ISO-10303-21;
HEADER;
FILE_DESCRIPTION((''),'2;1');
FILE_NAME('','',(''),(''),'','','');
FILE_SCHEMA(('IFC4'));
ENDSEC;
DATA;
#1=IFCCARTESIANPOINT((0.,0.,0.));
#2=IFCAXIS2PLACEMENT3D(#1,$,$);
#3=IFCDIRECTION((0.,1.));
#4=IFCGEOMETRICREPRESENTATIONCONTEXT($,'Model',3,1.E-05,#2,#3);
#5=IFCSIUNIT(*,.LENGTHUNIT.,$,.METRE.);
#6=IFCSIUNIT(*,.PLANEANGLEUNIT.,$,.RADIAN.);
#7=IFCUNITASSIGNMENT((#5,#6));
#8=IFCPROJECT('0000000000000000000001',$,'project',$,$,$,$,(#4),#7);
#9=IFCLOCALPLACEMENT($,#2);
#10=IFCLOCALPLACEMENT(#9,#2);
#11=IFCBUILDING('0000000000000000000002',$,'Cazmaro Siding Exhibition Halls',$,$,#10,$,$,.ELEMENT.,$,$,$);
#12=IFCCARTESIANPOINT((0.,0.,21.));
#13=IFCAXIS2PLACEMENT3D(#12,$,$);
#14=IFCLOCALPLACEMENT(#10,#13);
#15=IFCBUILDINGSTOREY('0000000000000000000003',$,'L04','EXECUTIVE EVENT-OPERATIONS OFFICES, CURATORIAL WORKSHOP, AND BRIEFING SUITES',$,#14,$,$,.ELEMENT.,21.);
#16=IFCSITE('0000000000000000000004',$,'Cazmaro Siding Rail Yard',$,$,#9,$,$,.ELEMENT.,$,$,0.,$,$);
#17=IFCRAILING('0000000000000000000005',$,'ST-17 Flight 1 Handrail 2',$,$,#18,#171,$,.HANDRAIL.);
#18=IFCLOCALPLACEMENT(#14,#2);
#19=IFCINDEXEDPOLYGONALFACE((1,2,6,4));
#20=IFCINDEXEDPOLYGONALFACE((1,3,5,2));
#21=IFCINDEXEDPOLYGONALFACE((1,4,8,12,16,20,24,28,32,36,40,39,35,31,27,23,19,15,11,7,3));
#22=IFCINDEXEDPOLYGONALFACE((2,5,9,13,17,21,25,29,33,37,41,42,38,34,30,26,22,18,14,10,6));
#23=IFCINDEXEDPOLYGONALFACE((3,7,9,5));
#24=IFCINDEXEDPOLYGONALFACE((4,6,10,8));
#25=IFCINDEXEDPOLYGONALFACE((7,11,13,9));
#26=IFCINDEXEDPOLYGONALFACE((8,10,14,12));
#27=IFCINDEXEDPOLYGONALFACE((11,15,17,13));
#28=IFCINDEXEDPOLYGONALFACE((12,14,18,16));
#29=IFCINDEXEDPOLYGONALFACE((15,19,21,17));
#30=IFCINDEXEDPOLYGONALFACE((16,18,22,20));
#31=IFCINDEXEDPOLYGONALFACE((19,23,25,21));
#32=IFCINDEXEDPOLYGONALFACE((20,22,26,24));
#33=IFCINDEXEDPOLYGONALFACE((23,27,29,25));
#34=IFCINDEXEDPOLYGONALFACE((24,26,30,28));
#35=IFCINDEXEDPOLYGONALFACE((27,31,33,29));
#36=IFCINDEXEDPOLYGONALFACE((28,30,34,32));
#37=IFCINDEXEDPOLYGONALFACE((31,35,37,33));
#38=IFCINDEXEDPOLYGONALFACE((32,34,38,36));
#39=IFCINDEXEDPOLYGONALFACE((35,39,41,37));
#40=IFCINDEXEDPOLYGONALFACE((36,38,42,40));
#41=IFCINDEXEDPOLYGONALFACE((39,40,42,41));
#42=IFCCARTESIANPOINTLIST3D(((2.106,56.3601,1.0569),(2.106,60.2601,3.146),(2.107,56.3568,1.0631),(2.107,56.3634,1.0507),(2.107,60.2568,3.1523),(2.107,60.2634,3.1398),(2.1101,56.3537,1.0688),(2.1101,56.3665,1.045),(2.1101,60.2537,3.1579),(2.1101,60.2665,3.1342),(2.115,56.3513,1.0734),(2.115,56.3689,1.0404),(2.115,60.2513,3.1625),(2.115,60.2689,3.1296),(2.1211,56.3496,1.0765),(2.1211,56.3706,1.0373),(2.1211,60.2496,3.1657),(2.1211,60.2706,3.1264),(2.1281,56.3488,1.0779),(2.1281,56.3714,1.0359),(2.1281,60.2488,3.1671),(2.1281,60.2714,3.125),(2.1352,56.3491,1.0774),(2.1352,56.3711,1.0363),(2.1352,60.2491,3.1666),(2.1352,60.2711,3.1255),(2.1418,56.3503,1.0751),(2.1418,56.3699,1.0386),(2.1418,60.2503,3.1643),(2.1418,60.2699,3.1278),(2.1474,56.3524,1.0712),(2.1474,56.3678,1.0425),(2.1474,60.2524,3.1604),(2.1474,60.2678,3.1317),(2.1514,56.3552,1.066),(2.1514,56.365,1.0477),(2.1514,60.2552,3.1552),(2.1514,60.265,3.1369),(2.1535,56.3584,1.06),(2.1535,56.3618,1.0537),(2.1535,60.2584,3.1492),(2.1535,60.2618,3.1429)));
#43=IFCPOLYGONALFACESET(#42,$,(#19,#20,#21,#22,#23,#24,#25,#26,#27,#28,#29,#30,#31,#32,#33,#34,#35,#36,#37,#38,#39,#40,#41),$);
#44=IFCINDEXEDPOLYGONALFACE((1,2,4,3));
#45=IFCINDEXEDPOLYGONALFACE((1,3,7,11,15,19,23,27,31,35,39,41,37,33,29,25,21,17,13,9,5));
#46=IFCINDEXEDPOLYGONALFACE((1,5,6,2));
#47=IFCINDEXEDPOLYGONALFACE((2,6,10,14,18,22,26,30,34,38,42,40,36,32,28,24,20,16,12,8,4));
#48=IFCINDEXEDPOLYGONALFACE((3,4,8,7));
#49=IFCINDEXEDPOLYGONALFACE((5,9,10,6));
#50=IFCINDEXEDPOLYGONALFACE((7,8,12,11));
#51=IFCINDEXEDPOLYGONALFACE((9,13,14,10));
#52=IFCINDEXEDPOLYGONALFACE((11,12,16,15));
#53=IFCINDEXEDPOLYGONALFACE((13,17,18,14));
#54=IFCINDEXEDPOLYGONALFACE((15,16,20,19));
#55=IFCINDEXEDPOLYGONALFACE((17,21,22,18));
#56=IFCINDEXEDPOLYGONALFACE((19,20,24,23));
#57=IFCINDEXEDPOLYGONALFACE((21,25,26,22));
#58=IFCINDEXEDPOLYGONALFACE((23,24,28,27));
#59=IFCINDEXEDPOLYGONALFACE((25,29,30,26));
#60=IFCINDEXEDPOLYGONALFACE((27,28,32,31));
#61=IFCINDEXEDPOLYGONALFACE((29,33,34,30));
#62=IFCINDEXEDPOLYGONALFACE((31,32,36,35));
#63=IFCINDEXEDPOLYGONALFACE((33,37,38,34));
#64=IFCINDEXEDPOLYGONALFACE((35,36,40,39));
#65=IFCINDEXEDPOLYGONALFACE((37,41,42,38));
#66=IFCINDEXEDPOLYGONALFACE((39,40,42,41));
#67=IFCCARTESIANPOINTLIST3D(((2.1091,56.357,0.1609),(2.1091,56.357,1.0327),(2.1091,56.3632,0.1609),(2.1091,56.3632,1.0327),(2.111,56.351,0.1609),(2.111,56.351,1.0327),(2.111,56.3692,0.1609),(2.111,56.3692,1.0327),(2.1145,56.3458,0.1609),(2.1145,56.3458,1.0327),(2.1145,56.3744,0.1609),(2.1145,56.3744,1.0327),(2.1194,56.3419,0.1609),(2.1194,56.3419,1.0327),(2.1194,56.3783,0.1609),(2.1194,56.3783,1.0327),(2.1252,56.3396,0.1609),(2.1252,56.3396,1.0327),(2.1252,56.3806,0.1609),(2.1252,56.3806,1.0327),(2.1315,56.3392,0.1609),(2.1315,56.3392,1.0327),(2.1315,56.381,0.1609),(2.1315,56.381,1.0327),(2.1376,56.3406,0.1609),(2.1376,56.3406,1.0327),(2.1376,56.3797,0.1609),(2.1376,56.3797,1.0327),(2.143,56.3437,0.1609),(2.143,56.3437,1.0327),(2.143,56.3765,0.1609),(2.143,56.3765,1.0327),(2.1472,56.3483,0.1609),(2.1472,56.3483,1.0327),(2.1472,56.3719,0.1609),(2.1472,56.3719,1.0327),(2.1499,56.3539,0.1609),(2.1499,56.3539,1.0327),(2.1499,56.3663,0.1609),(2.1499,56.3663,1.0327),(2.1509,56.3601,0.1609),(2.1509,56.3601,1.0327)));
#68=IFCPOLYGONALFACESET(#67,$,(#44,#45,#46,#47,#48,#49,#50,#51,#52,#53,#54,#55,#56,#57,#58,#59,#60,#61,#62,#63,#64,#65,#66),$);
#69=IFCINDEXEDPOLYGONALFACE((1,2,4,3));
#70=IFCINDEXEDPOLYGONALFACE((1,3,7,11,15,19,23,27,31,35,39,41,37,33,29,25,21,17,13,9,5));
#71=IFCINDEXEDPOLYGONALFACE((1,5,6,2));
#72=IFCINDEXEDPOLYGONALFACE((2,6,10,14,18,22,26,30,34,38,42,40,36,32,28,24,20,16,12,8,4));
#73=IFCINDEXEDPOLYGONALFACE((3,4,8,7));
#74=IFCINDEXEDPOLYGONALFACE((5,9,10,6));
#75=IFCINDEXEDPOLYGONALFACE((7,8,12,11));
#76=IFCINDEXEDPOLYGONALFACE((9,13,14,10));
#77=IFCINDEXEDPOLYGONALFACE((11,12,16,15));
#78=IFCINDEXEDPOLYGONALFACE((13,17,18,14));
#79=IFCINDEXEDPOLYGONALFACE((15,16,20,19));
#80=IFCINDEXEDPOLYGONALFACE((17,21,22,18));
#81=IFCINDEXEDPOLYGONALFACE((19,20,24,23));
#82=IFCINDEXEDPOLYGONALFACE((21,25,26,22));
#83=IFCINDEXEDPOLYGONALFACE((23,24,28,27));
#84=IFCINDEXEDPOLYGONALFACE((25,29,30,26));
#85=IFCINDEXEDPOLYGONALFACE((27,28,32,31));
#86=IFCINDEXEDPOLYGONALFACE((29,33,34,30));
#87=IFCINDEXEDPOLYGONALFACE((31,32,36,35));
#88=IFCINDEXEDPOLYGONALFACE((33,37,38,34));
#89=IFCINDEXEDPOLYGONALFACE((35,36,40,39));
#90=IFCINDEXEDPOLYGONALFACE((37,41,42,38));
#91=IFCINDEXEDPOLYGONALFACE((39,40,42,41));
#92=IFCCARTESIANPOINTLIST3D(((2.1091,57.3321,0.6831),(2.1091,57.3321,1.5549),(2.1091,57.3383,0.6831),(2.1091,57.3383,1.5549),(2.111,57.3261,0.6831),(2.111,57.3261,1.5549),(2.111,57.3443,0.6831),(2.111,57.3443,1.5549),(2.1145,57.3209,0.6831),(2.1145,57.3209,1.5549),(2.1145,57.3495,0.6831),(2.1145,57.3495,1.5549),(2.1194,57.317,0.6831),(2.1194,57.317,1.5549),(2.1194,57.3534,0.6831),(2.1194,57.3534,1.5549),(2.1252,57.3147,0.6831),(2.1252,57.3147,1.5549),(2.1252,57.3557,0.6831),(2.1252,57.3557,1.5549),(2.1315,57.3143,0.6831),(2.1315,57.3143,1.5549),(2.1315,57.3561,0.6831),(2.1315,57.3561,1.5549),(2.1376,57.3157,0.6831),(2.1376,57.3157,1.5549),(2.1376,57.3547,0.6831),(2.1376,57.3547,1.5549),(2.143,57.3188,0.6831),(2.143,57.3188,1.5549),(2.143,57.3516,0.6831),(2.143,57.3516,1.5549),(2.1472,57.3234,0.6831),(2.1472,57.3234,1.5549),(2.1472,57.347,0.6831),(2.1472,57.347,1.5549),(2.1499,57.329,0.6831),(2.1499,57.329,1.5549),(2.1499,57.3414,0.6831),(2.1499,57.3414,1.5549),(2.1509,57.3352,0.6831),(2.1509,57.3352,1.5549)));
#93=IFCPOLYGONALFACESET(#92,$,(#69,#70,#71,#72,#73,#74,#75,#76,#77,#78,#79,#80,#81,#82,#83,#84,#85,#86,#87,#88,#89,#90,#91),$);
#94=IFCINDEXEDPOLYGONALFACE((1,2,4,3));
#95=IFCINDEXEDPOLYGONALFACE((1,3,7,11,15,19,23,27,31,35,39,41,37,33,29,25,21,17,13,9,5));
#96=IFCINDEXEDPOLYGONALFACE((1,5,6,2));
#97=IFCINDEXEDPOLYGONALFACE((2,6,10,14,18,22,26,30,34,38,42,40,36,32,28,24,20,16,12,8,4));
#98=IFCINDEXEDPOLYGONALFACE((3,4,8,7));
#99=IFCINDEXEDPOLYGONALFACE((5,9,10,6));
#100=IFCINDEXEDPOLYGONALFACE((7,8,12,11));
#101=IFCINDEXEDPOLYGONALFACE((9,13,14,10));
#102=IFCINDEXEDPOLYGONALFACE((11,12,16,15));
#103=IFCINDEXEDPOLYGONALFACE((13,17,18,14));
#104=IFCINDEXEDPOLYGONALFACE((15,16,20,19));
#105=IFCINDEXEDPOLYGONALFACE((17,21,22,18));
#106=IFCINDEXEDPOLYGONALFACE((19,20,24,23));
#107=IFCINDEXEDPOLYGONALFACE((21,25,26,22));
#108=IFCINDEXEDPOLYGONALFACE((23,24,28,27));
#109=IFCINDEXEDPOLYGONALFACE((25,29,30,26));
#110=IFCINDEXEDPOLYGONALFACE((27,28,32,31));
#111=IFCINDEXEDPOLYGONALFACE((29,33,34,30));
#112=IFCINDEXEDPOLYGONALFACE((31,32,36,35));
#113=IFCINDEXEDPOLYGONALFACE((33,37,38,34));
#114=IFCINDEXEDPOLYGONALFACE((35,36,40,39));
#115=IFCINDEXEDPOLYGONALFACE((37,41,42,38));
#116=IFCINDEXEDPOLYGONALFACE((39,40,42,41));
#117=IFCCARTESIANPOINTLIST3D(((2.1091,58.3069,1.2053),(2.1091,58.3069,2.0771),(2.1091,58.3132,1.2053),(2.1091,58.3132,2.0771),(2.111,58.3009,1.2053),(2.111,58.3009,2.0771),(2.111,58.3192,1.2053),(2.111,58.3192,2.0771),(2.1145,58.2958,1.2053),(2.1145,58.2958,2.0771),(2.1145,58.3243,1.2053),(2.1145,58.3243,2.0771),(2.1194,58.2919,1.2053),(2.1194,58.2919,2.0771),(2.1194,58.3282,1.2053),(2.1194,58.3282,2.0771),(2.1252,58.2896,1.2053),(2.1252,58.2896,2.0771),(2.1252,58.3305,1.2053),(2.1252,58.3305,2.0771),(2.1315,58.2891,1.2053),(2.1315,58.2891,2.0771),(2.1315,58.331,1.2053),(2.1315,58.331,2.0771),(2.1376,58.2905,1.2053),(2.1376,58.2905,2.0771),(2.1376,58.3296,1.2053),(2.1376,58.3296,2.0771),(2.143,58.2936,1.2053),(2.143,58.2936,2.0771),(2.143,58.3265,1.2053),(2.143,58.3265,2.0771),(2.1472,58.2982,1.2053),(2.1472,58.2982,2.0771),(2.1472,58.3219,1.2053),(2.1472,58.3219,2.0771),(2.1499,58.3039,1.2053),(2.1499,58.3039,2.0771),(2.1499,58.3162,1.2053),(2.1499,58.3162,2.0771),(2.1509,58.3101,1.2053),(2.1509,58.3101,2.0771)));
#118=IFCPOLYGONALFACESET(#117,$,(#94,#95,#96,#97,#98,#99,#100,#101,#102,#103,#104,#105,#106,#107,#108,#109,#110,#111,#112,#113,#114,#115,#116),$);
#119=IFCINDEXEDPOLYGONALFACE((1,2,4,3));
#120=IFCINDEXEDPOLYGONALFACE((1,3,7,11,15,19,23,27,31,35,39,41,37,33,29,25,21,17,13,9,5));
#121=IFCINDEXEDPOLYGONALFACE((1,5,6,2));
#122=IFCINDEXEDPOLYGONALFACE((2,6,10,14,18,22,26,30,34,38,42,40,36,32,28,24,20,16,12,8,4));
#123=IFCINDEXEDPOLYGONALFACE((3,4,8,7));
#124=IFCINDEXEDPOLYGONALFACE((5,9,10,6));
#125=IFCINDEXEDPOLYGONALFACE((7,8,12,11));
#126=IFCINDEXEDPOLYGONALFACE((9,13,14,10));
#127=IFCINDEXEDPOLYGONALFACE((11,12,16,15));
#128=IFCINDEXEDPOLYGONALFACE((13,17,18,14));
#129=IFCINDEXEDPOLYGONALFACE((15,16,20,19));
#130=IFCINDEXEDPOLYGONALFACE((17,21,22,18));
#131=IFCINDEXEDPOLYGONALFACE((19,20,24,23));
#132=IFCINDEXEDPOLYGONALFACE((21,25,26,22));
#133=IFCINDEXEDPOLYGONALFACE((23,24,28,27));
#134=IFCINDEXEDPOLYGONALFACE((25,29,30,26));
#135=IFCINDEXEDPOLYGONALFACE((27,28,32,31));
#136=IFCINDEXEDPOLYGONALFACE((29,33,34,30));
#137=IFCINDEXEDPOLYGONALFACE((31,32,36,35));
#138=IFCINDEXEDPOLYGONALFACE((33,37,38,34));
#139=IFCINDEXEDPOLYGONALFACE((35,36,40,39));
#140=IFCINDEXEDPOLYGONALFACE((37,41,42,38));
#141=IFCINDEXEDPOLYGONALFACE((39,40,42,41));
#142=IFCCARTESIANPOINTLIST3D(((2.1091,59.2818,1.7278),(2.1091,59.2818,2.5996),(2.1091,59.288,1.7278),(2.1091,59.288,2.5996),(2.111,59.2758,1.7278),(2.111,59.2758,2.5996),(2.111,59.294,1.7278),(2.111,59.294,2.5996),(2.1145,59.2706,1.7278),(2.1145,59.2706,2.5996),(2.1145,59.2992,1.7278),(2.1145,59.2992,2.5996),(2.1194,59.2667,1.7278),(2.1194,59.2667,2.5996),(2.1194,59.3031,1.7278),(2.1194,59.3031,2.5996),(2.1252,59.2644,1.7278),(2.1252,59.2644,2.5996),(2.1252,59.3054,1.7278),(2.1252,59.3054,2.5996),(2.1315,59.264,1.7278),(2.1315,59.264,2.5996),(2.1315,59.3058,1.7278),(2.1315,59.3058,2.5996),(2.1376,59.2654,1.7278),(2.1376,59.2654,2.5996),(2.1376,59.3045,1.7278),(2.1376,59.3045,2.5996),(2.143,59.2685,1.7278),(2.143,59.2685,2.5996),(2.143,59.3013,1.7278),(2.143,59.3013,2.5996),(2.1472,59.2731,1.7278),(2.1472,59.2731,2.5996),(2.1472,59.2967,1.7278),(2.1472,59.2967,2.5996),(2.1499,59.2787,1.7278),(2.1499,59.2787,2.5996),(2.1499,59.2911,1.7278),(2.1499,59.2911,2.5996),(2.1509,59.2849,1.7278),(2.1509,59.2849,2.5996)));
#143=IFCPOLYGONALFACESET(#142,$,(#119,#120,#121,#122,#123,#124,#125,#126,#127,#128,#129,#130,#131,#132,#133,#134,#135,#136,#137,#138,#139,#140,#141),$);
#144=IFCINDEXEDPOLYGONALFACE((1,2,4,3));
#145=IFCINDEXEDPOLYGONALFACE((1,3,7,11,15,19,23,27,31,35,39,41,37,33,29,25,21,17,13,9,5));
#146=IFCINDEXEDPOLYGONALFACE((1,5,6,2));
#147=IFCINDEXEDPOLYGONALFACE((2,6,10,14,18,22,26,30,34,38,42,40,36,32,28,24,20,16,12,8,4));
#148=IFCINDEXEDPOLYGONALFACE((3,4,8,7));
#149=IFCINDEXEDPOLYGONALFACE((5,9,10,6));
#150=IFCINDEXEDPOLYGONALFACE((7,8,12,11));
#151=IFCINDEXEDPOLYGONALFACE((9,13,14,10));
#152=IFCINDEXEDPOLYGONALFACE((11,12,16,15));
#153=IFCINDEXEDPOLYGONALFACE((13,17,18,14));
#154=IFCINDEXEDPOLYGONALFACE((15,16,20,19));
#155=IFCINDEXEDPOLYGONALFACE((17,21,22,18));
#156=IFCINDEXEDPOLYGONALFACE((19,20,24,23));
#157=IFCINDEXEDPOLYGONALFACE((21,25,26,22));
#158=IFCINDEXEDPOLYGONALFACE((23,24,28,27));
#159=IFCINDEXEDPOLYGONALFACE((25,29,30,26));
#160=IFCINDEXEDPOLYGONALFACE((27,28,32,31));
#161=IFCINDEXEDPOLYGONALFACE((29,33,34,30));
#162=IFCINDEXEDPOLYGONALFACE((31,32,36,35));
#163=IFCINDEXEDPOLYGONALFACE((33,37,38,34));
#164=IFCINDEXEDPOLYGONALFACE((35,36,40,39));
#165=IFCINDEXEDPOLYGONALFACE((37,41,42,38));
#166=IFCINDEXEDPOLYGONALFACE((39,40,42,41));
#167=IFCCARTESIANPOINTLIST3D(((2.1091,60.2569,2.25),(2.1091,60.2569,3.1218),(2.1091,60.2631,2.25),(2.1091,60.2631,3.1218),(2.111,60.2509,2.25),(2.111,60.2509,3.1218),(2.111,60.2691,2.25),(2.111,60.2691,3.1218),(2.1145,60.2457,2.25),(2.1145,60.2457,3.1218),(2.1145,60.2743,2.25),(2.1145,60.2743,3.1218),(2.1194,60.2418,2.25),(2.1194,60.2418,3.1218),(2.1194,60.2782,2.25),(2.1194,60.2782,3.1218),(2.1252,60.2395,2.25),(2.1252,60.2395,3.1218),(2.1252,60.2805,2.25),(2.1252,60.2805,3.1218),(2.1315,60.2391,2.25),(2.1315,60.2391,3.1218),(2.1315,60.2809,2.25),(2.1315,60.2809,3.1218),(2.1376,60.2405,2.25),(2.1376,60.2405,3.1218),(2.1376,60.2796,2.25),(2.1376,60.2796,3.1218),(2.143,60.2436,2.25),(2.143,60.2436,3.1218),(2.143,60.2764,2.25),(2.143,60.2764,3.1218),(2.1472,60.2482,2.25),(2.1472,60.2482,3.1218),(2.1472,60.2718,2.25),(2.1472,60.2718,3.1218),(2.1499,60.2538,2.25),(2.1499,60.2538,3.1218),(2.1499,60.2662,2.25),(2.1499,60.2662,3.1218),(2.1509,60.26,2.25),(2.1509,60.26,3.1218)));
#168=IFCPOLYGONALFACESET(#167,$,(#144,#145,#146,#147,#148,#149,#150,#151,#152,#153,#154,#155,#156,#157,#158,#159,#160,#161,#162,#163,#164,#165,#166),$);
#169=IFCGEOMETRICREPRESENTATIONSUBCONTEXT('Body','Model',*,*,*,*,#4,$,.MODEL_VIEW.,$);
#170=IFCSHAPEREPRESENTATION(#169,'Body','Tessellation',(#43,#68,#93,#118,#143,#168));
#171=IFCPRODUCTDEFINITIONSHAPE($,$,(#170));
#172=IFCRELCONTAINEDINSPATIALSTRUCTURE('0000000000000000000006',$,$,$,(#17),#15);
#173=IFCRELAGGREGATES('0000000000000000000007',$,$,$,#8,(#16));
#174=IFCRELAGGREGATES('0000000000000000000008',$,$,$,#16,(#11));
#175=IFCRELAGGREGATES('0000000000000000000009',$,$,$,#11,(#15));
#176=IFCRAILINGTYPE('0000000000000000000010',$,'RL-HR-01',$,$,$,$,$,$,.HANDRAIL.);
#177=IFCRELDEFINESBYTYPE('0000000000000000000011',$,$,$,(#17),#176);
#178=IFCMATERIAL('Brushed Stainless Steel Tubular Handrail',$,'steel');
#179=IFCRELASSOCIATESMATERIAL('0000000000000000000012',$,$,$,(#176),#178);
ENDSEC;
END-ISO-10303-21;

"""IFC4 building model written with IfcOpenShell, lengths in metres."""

from ifc_helpers import new_model, si_unit, direction, frame, origin, origin_2d, place, context, subcontext, project, spatial, circle, extrude, material, type_object, element, save


model = new_model("IFC4")

# Units and contexts
model_context = context("Model", 3, precision=1e-05, world=origin(), true_north=direction((0.0, 1.0)))
body_context = subcontext(model_context, "Body", "Model", "MODEL_VIEW")
ifc_project = project(units=[si_unit("LENGTHUNIT", "METRE"), si_unit("PLANEANGLEUNIT", "RADIAN")], contexts=[model_context])

# Site, building, storey
site_placement = place(None, origin())
site = spatial("IfcSite", under=ifc_project, at=site_placement, Name="Cazmaro Siding Rail Yard", CompositionType="ELEMENT", RefElevation=0.0)
building_placement = place(site_placement, origin())
building = spatial("IfcBuilding", under=site, at=building_placement, Name="Cazmaro Siding Exhibition Halls", CompositionType="ELEMENT")
storey_placement = place(building_placement, frame((0.0, 0.0, 21.0)))
storey = spatial("IfcBuildingStorey", under=building, at=storey_placement, Name="L04", Description="EXECUTIVE EVENT-OPERATIONS OFFICES, CURATORIAL WORKSHOP, AND BRIEFING SUITES", CompositionType="ELEMENT", Elevation=21.0)

# Railing
ifc_material_1 = material(Name="Brushed Stainless Steel Tubular Handrail", Category="steel")
railing_type_1 = type_object("IfcRailingType", Name="RL-HR-01", PredefinedType="HANDRAIL", material=ifc_material_1)
railing_1_placement = place(storey_placement, frame((2.1299, 56.3601, 0.1609)))
element("IfcRailing", 1, at=railing_1_placement, inside=storey, type_object=railing_type_1, Name="ST-17 Flight 1 Handrail 2", PredefinedType="HANDRAIL", context=body_context, shape_type="SweptSolid", body=[
    extrude(circle(Radius=0.0239, at=origin_2d()), frame((0.0, 0.0, 0.896), z_axis=(0.0, 0.881491, 0.4722), x_axis=(-1.0, 0.0, 0.0)), (0.0, 0.0, 1.0), 4.4243),
    extrude(circle(Radius=0.021, at=origin_2d()), origin(), (0.0, 0.0, 1.0), 0.8718),
    extrude(circle(Radius=0.021, at=origin_2d()), frame((0.0, 0.9751, 0.5222)), (0.0, 0.0, 1.0), 0.8718),
    extrude(circle(Radius=0.021, at=origin_2d()), frame((0.0, 1.95, 1.0444)), (0.0, 0.0, 1.0), 0.8718),
    extrude(circle(Radius=0.021, at=origin_2d()), frame((0.0, 2.9248, 1.5669)), (0.0, 0.0, 1.0), 0.8718),
    extrude(circle(Radius=0.021, at=origin_2d()), frame((0.0, 3.8999, 2.0891)), (0.0, 0.0, 1.0), 0.8718),
])

save(model, "model.ifc")
